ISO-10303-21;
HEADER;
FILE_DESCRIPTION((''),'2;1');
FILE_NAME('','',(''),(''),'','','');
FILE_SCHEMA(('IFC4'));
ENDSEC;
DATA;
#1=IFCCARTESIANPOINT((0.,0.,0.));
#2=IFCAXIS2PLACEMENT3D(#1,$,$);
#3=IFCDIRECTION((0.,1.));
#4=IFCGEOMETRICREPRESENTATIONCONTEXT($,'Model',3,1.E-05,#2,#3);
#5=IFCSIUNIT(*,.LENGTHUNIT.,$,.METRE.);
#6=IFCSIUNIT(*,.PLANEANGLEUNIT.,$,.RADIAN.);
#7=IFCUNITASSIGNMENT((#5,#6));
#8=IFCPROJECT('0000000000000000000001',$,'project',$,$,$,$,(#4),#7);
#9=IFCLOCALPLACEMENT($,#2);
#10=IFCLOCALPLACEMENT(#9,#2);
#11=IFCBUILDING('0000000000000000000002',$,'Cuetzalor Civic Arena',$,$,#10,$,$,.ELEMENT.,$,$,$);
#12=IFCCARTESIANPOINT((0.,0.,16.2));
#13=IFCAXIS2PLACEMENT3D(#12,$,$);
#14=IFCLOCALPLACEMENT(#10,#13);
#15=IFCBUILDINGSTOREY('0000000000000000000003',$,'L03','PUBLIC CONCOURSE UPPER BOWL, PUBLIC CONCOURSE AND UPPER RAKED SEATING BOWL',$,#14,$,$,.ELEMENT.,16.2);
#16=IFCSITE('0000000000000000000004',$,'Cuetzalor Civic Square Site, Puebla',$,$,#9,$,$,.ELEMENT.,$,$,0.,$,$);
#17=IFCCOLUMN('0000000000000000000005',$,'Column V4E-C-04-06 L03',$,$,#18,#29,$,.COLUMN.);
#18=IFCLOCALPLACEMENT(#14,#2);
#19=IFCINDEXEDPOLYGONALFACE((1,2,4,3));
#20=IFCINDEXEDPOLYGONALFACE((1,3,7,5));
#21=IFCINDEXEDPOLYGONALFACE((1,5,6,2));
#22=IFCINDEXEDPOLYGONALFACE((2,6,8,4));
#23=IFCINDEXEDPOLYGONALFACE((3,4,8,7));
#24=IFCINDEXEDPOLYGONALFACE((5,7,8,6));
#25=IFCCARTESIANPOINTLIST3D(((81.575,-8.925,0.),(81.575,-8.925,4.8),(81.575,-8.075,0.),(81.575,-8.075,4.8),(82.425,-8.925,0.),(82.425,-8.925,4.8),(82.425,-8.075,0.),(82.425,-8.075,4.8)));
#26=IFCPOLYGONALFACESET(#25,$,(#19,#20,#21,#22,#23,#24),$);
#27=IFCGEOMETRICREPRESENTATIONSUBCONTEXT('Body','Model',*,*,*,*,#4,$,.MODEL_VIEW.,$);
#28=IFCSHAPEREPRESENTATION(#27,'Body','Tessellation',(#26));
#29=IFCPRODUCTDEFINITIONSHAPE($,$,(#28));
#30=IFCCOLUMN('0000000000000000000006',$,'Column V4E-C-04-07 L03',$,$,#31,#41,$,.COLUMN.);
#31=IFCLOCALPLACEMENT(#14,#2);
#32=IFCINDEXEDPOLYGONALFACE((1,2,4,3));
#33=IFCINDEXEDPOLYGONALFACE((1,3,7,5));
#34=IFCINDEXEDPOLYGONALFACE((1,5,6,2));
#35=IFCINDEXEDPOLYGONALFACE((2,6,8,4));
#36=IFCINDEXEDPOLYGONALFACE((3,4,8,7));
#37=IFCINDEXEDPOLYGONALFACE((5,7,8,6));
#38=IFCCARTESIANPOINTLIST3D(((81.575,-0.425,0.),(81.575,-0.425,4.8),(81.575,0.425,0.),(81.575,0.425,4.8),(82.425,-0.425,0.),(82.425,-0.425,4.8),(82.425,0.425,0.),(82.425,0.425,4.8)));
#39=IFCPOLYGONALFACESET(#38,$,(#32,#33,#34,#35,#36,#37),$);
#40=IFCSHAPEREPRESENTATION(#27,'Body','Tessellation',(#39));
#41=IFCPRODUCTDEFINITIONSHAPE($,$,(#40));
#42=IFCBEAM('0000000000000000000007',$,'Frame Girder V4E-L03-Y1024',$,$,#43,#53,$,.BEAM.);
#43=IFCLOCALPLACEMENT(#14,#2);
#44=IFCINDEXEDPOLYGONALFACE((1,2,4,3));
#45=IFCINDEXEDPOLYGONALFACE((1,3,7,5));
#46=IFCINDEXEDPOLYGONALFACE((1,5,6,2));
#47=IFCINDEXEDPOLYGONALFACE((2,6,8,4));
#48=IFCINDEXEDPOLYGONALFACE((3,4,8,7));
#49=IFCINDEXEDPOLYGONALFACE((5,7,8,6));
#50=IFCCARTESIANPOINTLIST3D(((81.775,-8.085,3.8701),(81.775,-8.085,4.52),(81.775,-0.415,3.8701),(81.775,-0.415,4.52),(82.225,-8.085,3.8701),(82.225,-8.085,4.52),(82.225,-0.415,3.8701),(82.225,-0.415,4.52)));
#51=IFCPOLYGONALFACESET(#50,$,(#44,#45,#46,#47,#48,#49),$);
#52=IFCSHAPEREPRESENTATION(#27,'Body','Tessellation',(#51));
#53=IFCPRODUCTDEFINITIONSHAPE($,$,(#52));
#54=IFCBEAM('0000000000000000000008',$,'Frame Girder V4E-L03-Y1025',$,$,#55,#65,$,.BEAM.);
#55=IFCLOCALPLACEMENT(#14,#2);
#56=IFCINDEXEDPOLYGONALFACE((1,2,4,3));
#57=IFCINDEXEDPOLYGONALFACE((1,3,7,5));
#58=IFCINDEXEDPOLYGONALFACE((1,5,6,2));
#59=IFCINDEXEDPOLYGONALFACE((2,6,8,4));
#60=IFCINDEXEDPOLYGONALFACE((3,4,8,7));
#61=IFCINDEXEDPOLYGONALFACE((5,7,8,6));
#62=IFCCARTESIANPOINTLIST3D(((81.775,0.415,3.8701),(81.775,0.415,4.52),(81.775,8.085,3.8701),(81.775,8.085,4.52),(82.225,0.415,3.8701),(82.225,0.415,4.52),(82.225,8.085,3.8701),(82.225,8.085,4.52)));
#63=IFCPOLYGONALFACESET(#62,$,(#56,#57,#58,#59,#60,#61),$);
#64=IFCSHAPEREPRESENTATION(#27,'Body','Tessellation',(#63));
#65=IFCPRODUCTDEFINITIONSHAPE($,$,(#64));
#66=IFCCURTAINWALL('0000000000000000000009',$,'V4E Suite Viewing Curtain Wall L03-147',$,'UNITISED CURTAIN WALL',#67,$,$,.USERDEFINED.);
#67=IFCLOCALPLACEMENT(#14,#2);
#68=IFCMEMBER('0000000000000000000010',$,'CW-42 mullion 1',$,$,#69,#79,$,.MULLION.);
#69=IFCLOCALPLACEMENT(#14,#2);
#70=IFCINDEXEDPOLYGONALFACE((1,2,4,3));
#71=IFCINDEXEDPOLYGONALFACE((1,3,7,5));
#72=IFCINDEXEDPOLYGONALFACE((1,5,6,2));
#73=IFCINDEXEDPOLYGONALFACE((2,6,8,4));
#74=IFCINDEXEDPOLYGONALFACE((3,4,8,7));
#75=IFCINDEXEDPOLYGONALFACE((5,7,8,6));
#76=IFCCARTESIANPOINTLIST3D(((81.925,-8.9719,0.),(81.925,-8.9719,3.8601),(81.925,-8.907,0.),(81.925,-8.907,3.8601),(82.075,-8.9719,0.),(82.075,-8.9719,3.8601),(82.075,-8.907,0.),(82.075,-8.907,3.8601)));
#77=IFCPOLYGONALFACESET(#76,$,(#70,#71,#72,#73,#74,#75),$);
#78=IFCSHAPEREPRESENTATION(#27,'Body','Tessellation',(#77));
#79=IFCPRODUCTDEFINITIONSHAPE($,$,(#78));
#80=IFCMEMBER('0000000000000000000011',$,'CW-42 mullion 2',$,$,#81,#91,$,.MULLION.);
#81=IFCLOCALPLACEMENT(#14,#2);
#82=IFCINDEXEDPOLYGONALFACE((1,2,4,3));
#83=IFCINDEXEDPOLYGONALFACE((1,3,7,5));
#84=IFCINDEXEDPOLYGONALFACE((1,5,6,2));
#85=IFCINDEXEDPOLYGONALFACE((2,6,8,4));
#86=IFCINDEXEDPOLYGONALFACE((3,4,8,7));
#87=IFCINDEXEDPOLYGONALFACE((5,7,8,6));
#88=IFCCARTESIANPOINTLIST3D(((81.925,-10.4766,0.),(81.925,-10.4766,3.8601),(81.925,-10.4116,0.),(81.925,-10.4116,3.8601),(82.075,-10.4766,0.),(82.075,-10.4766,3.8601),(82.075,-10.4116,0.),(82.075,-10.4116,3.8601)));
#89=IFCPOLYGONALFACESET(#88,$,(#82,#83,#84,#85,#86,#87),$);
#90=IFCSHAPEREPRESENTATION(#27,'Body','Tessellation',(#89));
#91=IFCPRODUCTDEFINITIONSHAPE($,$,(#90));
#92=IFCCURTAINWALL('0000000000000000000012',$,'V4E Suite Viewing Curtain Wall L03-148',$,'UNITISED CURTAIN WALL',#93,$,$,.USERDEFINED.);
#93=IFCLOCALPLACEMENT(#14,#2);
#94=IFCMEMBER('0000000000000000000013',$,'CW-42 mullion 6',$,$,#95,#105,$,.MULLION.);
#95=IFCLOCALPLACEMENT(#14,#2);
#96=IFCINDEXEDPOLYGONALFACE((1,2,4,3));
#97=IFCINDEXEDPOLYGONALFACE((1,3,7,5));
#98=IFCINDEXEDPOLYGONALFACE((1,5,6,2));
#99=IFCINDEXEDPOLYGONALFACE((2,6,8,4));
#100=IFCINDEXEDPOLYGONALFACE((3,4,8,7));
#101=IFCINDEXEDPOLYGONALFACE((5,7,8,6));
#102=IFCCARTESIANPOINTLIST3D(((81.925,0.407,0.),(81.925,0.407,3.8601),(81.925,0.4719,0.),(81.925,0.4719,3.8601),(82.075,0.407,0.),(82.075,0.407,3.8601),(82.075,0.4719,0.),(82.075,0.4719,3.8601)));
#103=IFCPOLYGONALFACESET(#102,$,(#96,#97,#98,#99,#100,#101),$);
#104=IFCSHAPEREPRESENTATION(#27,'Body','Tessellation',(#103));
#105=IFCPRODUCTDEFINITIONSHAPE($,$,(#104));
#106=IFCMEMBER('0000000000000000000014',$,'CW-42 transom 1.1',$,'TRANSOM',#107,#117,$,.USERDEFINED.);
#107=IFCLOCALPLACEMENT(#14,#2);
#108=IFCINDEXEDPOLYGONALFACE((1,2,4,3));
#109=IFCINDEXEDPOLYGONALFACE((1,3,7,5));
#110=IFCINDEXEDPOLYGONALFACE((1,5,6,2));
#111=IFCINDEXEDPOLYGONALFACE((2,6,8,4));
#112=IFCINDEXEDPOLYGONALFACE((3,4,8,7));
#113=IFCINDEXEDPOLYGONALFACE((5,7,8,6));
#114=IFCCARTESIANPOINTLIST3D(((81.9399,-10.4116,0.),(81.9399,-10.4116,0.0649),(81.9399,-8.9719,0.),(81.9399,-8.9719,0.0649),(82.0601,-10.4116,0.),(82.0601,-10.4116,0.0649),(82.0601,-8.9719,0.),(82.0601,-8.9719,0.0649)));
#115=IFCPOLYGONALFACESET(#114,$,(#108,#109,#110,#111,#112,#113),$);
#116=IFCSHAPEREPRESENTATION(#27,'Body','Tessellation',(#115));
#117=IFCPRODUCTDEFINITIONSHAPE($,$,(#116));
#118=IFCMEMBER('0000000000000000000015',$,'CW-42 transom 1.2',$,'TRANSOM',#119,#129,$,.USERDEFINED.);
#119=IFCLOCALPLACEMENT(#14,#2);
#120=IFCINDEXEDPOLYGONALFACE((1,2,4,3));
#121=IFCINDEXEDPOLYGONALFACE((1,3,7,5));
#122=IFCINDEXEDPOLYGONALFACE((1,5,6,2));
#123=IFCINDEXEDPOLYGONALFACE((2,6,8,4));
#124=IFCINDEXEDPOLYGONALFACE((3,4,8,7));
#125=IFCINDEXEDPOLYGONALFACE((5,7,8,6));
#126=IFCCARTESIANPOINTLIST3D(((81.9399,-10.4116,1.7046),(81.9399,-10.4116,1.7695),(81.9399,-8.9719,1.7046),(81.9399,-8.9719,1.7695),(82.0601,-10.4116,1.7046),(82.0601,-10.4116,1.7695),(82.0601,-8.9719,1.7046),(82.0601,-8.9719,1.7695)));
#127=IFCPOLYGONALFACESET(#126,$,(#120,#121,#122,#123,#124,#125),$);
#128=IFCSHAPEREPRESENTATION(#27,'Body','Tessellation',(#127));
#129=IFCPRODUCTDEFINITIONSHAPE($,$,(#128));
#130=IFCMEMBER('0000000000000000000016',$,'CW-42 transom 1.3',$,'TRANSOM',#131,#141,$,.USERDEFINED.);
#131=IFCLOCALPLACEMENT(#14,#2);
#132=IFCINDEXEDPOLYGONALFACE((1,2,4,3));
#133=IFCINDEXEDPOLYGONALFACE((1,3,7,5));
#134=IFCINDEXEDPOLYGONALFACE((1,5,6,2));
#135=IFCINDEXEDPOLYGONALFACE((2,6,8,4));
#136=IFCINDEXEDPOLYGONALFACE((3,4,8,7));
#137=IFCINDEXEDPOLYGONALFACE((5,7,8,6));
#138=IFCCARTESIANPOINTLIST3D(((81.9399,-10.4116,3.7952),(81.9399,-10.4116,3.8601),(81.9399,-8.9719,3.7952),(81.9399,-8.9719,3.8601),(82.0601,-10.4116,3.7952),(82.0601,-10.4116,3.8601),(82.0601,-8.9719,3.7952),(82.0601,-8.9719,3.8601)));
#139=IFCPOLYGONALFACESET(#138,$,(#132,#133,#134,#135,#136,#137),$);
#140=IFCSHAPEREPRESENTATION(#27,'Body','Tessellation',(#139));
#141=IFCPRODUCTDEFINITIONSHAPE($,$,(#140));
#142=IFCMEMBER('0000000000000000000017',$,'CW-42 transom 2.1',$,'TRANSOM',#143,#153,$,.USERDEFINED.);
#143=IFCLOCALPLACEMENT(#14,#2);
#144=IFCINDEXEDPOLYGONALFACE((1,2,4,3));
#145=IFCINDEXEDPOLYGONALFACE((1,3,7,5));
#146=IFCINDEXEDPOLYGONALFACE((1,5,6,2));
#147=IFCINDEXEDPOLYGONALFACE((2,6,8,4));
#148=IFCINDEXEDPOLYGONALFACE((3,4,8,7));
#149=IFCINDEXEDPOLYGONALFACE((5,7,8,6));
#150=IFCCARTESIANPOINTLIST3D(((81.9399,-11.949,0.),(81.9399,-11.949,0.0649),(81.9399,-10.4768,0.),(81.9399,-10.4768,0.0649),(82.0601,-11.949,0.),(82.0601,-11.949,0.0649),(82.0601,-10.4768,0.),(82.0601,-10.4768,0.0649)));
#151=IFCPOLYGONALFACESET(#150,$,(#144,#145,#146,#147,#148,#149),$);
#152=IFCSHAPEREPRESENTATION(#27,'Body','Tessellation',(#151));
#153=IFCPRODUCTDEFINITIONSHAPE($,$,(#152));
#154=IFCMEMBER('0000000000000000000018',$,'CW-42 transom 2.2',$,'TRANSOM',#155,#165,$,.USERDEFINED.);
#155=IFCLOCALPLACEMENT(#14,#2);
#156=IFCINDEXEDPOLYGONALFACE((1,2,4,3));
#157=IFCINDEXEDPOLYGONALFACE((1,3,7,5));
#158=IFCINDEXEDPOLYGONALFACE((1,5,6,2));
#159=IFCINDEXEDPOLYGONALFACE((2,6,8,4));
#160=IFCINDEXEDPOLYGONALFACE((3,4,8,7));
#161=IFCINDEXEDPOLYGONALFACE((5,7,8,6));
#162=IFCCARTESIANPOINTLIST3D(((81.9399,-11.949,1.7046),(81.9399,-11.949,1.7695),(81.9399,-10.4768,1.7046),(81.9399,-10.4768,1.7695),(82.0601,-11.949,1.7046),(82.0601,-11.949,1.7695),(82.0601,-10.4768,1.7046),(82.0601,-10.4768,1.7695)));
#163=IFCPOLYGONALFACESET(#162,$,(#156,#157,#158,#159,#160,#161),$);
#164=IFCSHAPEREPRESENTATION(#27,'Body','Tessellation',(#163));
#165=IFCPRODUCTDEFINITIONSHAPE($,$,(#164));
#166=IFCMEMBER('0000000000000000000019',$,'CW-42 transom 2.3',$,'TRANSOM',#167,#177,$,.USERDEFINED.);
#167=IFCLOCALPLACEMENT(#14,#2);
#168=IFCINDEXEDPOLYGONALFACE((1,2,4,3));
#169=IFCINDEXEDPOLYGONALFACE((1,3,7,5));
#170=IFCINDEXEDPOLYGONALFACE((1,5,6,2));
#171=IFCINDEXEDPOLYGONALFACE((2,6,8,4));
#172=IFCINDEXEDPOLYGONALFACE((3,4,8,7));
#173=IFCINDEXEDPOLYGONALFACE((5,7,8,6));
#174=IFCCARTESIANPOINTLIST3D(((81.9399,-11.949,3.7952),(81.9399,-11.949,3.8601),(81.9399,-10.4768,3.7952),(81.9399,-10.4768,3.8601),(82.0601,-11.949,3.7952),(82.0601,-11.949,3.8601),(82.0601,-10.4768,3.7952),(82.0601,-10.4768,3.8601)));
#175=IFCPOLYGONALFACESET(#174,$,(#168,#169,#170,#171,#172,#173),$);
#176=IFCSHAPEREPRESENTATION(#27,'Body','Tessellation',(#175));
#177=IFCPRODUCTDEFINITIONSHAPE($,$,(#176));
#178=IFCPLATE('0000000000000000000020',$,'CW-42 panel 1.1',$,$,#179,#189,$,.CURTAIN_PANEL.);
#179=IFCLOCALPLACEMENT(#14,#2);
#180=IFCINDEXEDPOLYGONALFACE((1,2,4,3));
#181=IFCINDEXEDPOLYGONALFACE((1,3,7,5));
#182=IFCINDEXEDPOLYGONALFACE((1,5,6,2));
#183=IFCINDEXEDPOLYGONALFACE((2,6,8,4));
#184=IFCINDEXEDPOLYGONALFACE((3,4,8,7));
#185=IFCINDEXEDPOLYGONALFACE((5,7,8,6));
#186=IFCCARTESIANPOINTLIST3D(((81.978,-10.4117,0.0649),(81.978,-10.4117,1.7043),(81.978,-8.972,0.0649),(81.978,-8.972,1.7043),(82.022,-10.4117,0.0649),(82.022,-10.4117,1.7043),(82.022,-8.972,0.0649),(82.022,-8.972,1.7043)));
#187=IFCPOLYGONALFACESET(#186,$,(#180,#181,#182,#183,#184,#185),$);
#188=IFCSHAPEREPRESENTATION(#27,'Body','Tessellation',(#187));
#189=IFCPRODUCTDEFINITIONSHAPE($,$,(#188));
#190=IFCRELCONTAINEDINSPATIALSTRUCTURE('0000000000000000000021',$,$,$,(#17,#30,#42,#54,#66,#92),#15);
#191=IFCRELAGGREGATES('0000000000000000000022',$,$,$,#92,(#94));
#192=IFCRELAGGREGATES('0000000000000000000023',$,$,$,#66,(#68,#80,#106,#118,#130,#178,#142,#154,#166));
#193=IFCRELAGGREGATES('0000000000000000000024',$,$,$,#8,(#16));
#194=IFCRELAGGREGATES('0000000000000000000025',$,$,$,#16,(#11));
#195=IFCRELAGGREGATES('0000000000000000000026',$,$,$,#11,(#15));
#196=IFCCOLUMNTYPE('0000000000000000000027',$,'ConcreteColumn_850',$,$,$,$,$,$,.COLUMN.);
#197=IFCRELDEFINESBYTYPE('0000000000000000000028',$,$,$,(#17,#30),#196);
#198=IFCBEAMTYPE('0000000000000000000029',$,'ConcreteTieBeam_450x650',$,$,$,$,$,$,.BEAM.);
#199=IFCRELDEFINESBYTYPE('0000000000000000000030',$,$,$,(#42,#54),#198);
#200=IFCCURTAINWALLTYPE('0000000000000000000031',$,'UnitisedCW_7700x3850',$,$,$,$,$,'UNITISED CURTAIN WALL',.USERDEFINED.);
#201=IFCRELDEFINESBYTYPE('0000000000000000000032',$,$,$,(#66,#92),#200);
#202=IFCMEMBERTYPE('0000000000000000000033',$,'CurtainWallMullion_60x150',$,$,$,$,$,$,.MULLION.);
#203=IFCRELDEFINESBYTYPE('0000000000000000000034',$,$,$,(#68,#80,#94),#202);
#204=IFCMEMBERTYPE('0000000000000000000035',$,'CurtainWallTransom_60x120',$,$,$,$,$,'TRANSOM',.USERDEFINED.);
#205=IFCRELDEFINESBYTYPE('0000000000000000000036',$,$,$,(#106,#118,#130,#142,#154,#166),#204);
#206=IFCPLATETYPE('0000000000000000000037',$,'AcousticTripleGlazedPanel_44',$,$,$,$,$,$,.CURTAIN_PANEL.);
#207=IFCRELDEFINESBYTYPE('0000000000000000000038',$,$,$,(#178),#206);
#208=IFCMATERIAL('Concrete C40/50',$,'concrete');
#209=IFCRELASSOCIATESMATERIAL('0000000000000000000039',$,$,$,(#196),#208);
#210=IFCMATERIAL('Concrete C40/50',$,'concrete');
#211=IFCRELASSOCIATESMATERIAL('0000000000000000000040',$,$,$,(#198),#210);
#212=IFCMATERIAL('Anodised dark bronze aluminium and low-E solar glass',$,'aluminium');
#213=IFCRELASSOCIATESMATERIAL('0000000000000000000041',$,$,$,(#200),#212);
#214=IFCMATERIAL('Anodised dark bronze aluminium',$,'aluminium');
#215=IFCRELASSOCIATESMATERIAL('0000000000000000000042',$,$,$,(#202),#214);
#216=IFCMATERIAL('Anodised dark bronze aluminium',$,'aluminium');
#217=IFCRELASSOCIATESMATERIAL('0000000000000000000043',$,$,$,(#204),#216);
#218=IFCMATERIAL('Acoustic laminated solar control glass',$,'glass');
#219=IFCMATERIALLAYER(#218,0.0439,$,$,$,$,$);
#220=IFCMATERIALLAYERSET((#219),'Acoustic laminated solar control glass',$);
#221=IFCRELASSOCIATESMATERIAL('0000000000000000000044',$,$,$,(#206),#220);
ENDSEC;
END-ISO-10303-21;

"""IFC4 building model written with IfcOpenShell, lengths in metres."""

from ifc_helpers import new_model, si_unit, direction, frame, origin, origin_2d, place, context, subcontext, project, spatial, rectangle, extrude, material, layer, layer_set, material_profile, profile_set, type_object, element, aggregate, save


model = new_model("IFC4")

# Units and contexts
model_context = context("Model", 3, precision=1e-05, world=origin(), true_north=direction((0.0, 1.0)))
body_context = subcontext(model_context, "Body", "Model", "MODEL_VIEW")
ifc_project = project(units=[si_unit("LENGTHUNIT", "METRE"), si_unit("PLANEANGLEUNIT", "RADIAN")], contexts=[model_context])

# Site, building, storey
site_placement = place(None, origin())
site = spatial("IfcSite", under=ifc_project, at=site_placement, Name="Cuetzalor Civic Square Site, Puebla", CompositionType="ELEMENT", RefElevation=0.0)
building_placement = place(site_placement, origin())
building = spatial("IfcBuilding", under=site, at=building_placement, Name="Cuetzalor Civic Arena", CompositionType="ELEMENT")
storey_placement = place(building_placement, frame((0.0, 0.0, 16.2)))
storey = spatial("IfcBuildingStorey", under=building, at=storey_placement, Name="L03", Description="PUBLIC CONCOURSE UPPER BOWL, PUBLIC CONCOURSE AND UPPER RAKED SEATING BOWL", CompositionType="ELEMENT", Elevation=16.2)

# Columns
ifc_material_1 = material(Name="Concrete C40/50", Category="concrete")
ifc_material_profile_1 = material_profile(ifc_material_1, rectangle(XDim=0.8501, YDim=0.8501, at=origin_2d()), Name="RC 850x850")
ifc_profile_set_1 = profile_set([ifc_material_profile_1], Name="Concrete C40/50")
column_type = type_object("IfcColumnType", Name="ConcreteColumn_850", PredefinedType="COLUMN", material=ifc_profile_set_1)
for number, where, z_axis, x_axis, name in (
    (1, (82.0, -8.5, 0.0), (0.0, 0.0, 1.0), (1.0, 0.0, 0.0), "Column V4E-C-04-06 L03"),
    (2, (82.0, 0.0, 0.0), (0.0, 0.0, 1.0), (1.0, 0.0, 0.0), "Column V4E-C-04-07 L03"),
):
    element("IfcColumn", number, at=place(storey_placement, frame(where, z_axis=z_axis, x_axis=x_axis)), inside=storey, type_object=column_type, Name=name, PredefinedType="COLUMN", context=body_context, shape_type="SweptSolid", body=[
        extrude(rectangle(XDim=0.8501, YDim=0.8501, at=origin_2d()), origin(), (0.0, 0.0, 1.0), 4.8),
    ])

# Beams
ifc_material_2 = material(Name="Concrete C40/50", Category="concrete")
ifc_material_profile_2 = material_profile(ifc_material_2, rectangle(XDim=0.45, YDim=0.6499, at=origin_2d()), Name="RC 450x650")
ifc_profile_set_2 = profile_set([ifc_material_profile_2], Name="Concrete C40/50")
beam_type = type_object("IfcBeamType", Name="ConcreteTieBeam_450x650", PredefinedType="BEAM", material=ifc_profile_set_2)
for number, where, z_axis, x_axis, name in (
    (3, (82.0, -8.085, 4.1951), (0.0, 1.0, 0.0), (-1.0, 0.0, 0.0), "Frame Girder V4E-L03-Y1024"),
    (4, (82.0, 0.415, 4.1951), (0.0, 1.0, 0.0), (-1.0, 0.0, 0.0), "Frame Girder V4E-L03-Y1025"),
):
    element("IfcBeam", number, at=place(storey_placement, frame(where, z_axis=z_axis, x_axis=x_axis)), inside=storey, type_object=beam_type, Name=name, PredefinedType="BEAM", context=body_context, shape_type="SweptSolid", body=[
        extrude(rectangle(XDim=0.45, YDim=0.6499, at=origin_2d()), origin(), (0.0, 0.0, 1.0), 7.6699),
    ])

# Curtain wall, members
ifc_material_3 = material(Name="Anodised dark bronze aluminium and low-E solar glass", Category="aluminium")
curtain_wall_type = type_object("IfcCurtainWallType", Name="UnitisedCW_7700x3850", ElementType="UNITISED CURTAIN WALL", PredefinedType="USERDEFINED", material=ifc_material_3)
curtain_wall_1_placement = place(storey_placement, origin())
curtain_wall_1 = element("IfcCurtainWall", 5, at=curtain_wall_1_placement, inside=storey, type_object=curtain_wall_type, Name="V4E Suite Viewing Curtain Wall L03-147", ObjectType="UNITISED CURTAIN WALL", PredefinedType="USERDEFINED")
ifc_material_4 = material(Name="Anodised dark bronze aluminium", Category="aluminium")
ifc_material_profile_3 = material_profile(ifc_material_4, rectangle(XDim=0.0649, YDim=0.1499, at=origin_2d()), Name="ALU MULLION 65x150")
ifc_profile_set_3 = profile_set([ifc_material_profile_3], Name="Anodised dark bronze aluminium")
member_type_1 = type_object("IfcMemberType", Name="CurtainWallMullion_60x150", PredefinedType="MULLION", material=ifc_profile_set_3)
member_1_placement = place(storey_placement, frame((82.0, -8.9395, 0.0), z_axis=(0.0, 0.0, 1.0), x_axis=(0.0, -1.0, 0.0)))
member_1 = element("IfcMember", 6, at=member_1_placement, type_object=member_type_1, Name="CW-42 mullion 1", PredefinedType="MULLION", context=body_context, shape_type="SweptSolid", body=[
    extrude(rectangle(XDim=0.0649, YDim=0.1499, at=origin_2d()), origin(), (0.0, 0.0, 1.0), 3.8601),
])
member_2_placement = place(storey_placement, frame((82.0, -10.4441, 0.0), z_axis=(0.0, 0.0, 1.0), x_axis=(0.0, -1.0, 0.0)))
member_2 = element("IfcMember", 7, at=member_2_placement, type_object=member_type_1, Name="CW-42 mullion 2", PredefinedType="MULLION", context=body_context, shape_type="SweptSolid", body=[
    extrude(rectangle(XDim=0.0649, YDim=0.1499, at=origin_2d()), origin(), (0.0, 0.0, 1.0), 3.8601),
])

# Curtain wall, member
curtain_wall_2_placement = place(storey_placement, origin())
curtain_wall_2 = element("IfcCurtainWall", 8, at=curtain_wall_2_placement, inside=storey, type_object=curtain_wall_type, Name="V4E Suite Viewing Curtain Wall L03-148", ObjectType="UNITISED CURTAIN WALL", PredefinedType="USERDEFINED")
member_3_placement = place(storey_placement, frame((82.0, 0.4395, 0.0), z_axis=(0.0, 0.0, 1.0), x_axis=(0.0, -1.0, 0.0)))
member_3 = element("IfcMember", 9, at=member_3_placement, type_object=member_type_1, Name="CW-42 mullion 6", PredefinedType="MULLION", context=body_context, shape_type="SweptSolid", body=[
    extrude(rectangle(XDim=0.0649, YDim=0.1499, at=origin_2d()), origin(), (0.0, 0.0, 1.0), 3.8601),
])
aggregate(curtain_wall_2, [member_3])

# Members
ifc_material_5 = material(Name="Anodised dark bronze aluminium", Category="aluminium")
ifc_material_profile_4 = material_profile(ifc_material_5, rectangle(XDim=0.1201, YDim=0.0649, at=origin_2d()), Name="ALU TRANSOM 65x120")
ifc_profile_set_4 = profile_set([ifc_material_profile_4], Name="Anodised dark bronze aluminium")
member_type_2 = type_object("IfcMemberType", Name="CurtainWallTransom_60x120", ElementType="TRANSOM", PredefinedType="USERDEFINED", material=ifc_profile_set_4)
member_4_placement = place(storey_placement, frame((82.0, -8.9719, 0.0325), z_axis=(0.0, -1.0, 0.0), x_axis=(1.0, 0.0, 0.0)))
member_4 = element("IfcMember", 10, at=member_4_placement, type_object=member_type_2, Name="CW-42 transom 1.1", ObjectType="TRANSOM", PredefinedType="USERDEFINED", context=body_context, shape_type="SweptSolid", body=[
    extrude(rectangle(XDim=0.1201, YDim=0.0649, at=origin_2d()), origin(), (0.0, 0.0, 1.0), 1.4397),
])
member_5_placement = place(storey_placement, frame((82.0, -8.9719, 1.7371), z_axis=(0.0, -1.0, 0.0), x_axis=(1.0, 0.0, 0.0)))
member_5 = element("IfcMember", 11, at=member_5_placement, type_object=member_type_2, Name="CW-42 transom 1.2", ObjectType="TRANSOM", PredefinedType="USERDEFINED", context=body_context, shape_type="SweptSolid", body=[
    extrude(rectangle(XDim=0.1201, YDim=0.0649, at=origin_2d()), origin(), (0.0, 0.0, 1.0), 1.4397),
])
member_6_placement = place(storey_placement, frame((82.0, -8.9719, 3.8276), z_axis=(0.0, -1.0, 0.0), x_axis=(1.0, 0.0, 0.0)))
member_6 = element("IfcMember", 12, at=member_6_placement, type_object=member_type_2, Name="CW-42 transom 1.3", ObjectType="TRANSOM", PredefinedType="USERDEFINED", context=body_context, shape_type="SweptSolid", body=[
    extrude(rectangle(XDim=0.1201, YDim=0.0649, at=origin_2d()), origin(), (0.0, 0.0, 1.0), 1.4397),
])
member_7_placement = place(storey_placement, frame((82.0, -10.4768, 0.0325), z_axis=(0.0, -1.0, 0.0), x_axis=(1.0, 0.0, 0.0)))
member_7 = element("IfcMember", 13, at=member_7_placement, type_object=member_type_2, Name="CW-42 transom 2.1", ObjectType="TRANSOM", PredefinedType="USERDEFINED", context=body_context, shape_type="SweptSolid", body=[
    extrude(rectangle(XDim=0.1201, YDim=0.0649, at=origin_2d()), origin(), (0.0, 0.0, 1.0), 1.4722),
])
member_8_placement = place(storey_placement, frame((82.0, -10.4768, 1.7371), z_axis=(0.0, -1.0, 0.0), x_axis=(1.0, 0.0, 0.0)))
member_8 = element("IfcMember", 14, at=member_8_placement, type_object=member_type_2, Name="CW-42 transom 2.2", ObjectType="TRANSOM", PredefinedType="USERDEFINED", context=body_context, shape_type="SweptSolid", body=[
    extrude(rectangle(XDim=0.1201, YDim=0.0649, at=origin_2d()), origin(), (0.0, 0.0, 1.0), 1.4722),
])
member_9_placement = place(storey_placement, frame((82.0, -10.4768, 3.8276), z_axis=(0.0, -1.0, 0.0), x_axis=(1.0, 0.0, 0.0)))
member_9 = element("IfcMember", 15, at=member_9_placement, type_object=member_type_2, Name="CW-42 transom 2.3", ObjectType="TRANSOM", PredefinedType="USERDEFINED", context=body_context, shape_type="SweptSolid", body=[
    extrude(rectangle(XDim=0.1201, YDim=0.0649, at=origin_2d()), origin(), (0.0, 0.0, 1.0), 1.4722),
])

# Plate
ifc_material_6 = material(Name="Acoustic laminated solar control glass", Category="glass")
ifc_layer_1 = layer(ifc_material_6, 0.0439)
ifc_layer_set_1 = layer_set([ifc_layer_1], Name="Acoustic laminated solar control glass")
plate_type = type_object("IfcPlateType", Name="AcousticTripleGlazedPanel_44", PredefinedType="CURTAIN_PANEL", material=ifc_layer_set_1)
plate_1_placement = place(storey_placement, frame((82.0, -9.6919, 0.0649), z_axis=(0.0, 0.0, 1.0), x_axis=(0.0, -1.0, 0.0)))
plate_1 = element("IfcPlate", 16, at=plate_1_placement, type_object=plate_type, Name="CW-42 panel 1.1", PredefinedType="CURTAIN_PANEL", context=body_context, shape_type="SweptSolid", body=[
    extrude(rectangle(XDim=1.4397, YDim=0.0439, at=origin_2d()), origin(), (0.0, 0.0, 1.0), 1.6394),
])
aggregate(curtain_wall_1, [member_1, member_2, member_4, member_5, member_6, plate_1, member_7, member_8, member_9])

save(model, "model.ifc")
